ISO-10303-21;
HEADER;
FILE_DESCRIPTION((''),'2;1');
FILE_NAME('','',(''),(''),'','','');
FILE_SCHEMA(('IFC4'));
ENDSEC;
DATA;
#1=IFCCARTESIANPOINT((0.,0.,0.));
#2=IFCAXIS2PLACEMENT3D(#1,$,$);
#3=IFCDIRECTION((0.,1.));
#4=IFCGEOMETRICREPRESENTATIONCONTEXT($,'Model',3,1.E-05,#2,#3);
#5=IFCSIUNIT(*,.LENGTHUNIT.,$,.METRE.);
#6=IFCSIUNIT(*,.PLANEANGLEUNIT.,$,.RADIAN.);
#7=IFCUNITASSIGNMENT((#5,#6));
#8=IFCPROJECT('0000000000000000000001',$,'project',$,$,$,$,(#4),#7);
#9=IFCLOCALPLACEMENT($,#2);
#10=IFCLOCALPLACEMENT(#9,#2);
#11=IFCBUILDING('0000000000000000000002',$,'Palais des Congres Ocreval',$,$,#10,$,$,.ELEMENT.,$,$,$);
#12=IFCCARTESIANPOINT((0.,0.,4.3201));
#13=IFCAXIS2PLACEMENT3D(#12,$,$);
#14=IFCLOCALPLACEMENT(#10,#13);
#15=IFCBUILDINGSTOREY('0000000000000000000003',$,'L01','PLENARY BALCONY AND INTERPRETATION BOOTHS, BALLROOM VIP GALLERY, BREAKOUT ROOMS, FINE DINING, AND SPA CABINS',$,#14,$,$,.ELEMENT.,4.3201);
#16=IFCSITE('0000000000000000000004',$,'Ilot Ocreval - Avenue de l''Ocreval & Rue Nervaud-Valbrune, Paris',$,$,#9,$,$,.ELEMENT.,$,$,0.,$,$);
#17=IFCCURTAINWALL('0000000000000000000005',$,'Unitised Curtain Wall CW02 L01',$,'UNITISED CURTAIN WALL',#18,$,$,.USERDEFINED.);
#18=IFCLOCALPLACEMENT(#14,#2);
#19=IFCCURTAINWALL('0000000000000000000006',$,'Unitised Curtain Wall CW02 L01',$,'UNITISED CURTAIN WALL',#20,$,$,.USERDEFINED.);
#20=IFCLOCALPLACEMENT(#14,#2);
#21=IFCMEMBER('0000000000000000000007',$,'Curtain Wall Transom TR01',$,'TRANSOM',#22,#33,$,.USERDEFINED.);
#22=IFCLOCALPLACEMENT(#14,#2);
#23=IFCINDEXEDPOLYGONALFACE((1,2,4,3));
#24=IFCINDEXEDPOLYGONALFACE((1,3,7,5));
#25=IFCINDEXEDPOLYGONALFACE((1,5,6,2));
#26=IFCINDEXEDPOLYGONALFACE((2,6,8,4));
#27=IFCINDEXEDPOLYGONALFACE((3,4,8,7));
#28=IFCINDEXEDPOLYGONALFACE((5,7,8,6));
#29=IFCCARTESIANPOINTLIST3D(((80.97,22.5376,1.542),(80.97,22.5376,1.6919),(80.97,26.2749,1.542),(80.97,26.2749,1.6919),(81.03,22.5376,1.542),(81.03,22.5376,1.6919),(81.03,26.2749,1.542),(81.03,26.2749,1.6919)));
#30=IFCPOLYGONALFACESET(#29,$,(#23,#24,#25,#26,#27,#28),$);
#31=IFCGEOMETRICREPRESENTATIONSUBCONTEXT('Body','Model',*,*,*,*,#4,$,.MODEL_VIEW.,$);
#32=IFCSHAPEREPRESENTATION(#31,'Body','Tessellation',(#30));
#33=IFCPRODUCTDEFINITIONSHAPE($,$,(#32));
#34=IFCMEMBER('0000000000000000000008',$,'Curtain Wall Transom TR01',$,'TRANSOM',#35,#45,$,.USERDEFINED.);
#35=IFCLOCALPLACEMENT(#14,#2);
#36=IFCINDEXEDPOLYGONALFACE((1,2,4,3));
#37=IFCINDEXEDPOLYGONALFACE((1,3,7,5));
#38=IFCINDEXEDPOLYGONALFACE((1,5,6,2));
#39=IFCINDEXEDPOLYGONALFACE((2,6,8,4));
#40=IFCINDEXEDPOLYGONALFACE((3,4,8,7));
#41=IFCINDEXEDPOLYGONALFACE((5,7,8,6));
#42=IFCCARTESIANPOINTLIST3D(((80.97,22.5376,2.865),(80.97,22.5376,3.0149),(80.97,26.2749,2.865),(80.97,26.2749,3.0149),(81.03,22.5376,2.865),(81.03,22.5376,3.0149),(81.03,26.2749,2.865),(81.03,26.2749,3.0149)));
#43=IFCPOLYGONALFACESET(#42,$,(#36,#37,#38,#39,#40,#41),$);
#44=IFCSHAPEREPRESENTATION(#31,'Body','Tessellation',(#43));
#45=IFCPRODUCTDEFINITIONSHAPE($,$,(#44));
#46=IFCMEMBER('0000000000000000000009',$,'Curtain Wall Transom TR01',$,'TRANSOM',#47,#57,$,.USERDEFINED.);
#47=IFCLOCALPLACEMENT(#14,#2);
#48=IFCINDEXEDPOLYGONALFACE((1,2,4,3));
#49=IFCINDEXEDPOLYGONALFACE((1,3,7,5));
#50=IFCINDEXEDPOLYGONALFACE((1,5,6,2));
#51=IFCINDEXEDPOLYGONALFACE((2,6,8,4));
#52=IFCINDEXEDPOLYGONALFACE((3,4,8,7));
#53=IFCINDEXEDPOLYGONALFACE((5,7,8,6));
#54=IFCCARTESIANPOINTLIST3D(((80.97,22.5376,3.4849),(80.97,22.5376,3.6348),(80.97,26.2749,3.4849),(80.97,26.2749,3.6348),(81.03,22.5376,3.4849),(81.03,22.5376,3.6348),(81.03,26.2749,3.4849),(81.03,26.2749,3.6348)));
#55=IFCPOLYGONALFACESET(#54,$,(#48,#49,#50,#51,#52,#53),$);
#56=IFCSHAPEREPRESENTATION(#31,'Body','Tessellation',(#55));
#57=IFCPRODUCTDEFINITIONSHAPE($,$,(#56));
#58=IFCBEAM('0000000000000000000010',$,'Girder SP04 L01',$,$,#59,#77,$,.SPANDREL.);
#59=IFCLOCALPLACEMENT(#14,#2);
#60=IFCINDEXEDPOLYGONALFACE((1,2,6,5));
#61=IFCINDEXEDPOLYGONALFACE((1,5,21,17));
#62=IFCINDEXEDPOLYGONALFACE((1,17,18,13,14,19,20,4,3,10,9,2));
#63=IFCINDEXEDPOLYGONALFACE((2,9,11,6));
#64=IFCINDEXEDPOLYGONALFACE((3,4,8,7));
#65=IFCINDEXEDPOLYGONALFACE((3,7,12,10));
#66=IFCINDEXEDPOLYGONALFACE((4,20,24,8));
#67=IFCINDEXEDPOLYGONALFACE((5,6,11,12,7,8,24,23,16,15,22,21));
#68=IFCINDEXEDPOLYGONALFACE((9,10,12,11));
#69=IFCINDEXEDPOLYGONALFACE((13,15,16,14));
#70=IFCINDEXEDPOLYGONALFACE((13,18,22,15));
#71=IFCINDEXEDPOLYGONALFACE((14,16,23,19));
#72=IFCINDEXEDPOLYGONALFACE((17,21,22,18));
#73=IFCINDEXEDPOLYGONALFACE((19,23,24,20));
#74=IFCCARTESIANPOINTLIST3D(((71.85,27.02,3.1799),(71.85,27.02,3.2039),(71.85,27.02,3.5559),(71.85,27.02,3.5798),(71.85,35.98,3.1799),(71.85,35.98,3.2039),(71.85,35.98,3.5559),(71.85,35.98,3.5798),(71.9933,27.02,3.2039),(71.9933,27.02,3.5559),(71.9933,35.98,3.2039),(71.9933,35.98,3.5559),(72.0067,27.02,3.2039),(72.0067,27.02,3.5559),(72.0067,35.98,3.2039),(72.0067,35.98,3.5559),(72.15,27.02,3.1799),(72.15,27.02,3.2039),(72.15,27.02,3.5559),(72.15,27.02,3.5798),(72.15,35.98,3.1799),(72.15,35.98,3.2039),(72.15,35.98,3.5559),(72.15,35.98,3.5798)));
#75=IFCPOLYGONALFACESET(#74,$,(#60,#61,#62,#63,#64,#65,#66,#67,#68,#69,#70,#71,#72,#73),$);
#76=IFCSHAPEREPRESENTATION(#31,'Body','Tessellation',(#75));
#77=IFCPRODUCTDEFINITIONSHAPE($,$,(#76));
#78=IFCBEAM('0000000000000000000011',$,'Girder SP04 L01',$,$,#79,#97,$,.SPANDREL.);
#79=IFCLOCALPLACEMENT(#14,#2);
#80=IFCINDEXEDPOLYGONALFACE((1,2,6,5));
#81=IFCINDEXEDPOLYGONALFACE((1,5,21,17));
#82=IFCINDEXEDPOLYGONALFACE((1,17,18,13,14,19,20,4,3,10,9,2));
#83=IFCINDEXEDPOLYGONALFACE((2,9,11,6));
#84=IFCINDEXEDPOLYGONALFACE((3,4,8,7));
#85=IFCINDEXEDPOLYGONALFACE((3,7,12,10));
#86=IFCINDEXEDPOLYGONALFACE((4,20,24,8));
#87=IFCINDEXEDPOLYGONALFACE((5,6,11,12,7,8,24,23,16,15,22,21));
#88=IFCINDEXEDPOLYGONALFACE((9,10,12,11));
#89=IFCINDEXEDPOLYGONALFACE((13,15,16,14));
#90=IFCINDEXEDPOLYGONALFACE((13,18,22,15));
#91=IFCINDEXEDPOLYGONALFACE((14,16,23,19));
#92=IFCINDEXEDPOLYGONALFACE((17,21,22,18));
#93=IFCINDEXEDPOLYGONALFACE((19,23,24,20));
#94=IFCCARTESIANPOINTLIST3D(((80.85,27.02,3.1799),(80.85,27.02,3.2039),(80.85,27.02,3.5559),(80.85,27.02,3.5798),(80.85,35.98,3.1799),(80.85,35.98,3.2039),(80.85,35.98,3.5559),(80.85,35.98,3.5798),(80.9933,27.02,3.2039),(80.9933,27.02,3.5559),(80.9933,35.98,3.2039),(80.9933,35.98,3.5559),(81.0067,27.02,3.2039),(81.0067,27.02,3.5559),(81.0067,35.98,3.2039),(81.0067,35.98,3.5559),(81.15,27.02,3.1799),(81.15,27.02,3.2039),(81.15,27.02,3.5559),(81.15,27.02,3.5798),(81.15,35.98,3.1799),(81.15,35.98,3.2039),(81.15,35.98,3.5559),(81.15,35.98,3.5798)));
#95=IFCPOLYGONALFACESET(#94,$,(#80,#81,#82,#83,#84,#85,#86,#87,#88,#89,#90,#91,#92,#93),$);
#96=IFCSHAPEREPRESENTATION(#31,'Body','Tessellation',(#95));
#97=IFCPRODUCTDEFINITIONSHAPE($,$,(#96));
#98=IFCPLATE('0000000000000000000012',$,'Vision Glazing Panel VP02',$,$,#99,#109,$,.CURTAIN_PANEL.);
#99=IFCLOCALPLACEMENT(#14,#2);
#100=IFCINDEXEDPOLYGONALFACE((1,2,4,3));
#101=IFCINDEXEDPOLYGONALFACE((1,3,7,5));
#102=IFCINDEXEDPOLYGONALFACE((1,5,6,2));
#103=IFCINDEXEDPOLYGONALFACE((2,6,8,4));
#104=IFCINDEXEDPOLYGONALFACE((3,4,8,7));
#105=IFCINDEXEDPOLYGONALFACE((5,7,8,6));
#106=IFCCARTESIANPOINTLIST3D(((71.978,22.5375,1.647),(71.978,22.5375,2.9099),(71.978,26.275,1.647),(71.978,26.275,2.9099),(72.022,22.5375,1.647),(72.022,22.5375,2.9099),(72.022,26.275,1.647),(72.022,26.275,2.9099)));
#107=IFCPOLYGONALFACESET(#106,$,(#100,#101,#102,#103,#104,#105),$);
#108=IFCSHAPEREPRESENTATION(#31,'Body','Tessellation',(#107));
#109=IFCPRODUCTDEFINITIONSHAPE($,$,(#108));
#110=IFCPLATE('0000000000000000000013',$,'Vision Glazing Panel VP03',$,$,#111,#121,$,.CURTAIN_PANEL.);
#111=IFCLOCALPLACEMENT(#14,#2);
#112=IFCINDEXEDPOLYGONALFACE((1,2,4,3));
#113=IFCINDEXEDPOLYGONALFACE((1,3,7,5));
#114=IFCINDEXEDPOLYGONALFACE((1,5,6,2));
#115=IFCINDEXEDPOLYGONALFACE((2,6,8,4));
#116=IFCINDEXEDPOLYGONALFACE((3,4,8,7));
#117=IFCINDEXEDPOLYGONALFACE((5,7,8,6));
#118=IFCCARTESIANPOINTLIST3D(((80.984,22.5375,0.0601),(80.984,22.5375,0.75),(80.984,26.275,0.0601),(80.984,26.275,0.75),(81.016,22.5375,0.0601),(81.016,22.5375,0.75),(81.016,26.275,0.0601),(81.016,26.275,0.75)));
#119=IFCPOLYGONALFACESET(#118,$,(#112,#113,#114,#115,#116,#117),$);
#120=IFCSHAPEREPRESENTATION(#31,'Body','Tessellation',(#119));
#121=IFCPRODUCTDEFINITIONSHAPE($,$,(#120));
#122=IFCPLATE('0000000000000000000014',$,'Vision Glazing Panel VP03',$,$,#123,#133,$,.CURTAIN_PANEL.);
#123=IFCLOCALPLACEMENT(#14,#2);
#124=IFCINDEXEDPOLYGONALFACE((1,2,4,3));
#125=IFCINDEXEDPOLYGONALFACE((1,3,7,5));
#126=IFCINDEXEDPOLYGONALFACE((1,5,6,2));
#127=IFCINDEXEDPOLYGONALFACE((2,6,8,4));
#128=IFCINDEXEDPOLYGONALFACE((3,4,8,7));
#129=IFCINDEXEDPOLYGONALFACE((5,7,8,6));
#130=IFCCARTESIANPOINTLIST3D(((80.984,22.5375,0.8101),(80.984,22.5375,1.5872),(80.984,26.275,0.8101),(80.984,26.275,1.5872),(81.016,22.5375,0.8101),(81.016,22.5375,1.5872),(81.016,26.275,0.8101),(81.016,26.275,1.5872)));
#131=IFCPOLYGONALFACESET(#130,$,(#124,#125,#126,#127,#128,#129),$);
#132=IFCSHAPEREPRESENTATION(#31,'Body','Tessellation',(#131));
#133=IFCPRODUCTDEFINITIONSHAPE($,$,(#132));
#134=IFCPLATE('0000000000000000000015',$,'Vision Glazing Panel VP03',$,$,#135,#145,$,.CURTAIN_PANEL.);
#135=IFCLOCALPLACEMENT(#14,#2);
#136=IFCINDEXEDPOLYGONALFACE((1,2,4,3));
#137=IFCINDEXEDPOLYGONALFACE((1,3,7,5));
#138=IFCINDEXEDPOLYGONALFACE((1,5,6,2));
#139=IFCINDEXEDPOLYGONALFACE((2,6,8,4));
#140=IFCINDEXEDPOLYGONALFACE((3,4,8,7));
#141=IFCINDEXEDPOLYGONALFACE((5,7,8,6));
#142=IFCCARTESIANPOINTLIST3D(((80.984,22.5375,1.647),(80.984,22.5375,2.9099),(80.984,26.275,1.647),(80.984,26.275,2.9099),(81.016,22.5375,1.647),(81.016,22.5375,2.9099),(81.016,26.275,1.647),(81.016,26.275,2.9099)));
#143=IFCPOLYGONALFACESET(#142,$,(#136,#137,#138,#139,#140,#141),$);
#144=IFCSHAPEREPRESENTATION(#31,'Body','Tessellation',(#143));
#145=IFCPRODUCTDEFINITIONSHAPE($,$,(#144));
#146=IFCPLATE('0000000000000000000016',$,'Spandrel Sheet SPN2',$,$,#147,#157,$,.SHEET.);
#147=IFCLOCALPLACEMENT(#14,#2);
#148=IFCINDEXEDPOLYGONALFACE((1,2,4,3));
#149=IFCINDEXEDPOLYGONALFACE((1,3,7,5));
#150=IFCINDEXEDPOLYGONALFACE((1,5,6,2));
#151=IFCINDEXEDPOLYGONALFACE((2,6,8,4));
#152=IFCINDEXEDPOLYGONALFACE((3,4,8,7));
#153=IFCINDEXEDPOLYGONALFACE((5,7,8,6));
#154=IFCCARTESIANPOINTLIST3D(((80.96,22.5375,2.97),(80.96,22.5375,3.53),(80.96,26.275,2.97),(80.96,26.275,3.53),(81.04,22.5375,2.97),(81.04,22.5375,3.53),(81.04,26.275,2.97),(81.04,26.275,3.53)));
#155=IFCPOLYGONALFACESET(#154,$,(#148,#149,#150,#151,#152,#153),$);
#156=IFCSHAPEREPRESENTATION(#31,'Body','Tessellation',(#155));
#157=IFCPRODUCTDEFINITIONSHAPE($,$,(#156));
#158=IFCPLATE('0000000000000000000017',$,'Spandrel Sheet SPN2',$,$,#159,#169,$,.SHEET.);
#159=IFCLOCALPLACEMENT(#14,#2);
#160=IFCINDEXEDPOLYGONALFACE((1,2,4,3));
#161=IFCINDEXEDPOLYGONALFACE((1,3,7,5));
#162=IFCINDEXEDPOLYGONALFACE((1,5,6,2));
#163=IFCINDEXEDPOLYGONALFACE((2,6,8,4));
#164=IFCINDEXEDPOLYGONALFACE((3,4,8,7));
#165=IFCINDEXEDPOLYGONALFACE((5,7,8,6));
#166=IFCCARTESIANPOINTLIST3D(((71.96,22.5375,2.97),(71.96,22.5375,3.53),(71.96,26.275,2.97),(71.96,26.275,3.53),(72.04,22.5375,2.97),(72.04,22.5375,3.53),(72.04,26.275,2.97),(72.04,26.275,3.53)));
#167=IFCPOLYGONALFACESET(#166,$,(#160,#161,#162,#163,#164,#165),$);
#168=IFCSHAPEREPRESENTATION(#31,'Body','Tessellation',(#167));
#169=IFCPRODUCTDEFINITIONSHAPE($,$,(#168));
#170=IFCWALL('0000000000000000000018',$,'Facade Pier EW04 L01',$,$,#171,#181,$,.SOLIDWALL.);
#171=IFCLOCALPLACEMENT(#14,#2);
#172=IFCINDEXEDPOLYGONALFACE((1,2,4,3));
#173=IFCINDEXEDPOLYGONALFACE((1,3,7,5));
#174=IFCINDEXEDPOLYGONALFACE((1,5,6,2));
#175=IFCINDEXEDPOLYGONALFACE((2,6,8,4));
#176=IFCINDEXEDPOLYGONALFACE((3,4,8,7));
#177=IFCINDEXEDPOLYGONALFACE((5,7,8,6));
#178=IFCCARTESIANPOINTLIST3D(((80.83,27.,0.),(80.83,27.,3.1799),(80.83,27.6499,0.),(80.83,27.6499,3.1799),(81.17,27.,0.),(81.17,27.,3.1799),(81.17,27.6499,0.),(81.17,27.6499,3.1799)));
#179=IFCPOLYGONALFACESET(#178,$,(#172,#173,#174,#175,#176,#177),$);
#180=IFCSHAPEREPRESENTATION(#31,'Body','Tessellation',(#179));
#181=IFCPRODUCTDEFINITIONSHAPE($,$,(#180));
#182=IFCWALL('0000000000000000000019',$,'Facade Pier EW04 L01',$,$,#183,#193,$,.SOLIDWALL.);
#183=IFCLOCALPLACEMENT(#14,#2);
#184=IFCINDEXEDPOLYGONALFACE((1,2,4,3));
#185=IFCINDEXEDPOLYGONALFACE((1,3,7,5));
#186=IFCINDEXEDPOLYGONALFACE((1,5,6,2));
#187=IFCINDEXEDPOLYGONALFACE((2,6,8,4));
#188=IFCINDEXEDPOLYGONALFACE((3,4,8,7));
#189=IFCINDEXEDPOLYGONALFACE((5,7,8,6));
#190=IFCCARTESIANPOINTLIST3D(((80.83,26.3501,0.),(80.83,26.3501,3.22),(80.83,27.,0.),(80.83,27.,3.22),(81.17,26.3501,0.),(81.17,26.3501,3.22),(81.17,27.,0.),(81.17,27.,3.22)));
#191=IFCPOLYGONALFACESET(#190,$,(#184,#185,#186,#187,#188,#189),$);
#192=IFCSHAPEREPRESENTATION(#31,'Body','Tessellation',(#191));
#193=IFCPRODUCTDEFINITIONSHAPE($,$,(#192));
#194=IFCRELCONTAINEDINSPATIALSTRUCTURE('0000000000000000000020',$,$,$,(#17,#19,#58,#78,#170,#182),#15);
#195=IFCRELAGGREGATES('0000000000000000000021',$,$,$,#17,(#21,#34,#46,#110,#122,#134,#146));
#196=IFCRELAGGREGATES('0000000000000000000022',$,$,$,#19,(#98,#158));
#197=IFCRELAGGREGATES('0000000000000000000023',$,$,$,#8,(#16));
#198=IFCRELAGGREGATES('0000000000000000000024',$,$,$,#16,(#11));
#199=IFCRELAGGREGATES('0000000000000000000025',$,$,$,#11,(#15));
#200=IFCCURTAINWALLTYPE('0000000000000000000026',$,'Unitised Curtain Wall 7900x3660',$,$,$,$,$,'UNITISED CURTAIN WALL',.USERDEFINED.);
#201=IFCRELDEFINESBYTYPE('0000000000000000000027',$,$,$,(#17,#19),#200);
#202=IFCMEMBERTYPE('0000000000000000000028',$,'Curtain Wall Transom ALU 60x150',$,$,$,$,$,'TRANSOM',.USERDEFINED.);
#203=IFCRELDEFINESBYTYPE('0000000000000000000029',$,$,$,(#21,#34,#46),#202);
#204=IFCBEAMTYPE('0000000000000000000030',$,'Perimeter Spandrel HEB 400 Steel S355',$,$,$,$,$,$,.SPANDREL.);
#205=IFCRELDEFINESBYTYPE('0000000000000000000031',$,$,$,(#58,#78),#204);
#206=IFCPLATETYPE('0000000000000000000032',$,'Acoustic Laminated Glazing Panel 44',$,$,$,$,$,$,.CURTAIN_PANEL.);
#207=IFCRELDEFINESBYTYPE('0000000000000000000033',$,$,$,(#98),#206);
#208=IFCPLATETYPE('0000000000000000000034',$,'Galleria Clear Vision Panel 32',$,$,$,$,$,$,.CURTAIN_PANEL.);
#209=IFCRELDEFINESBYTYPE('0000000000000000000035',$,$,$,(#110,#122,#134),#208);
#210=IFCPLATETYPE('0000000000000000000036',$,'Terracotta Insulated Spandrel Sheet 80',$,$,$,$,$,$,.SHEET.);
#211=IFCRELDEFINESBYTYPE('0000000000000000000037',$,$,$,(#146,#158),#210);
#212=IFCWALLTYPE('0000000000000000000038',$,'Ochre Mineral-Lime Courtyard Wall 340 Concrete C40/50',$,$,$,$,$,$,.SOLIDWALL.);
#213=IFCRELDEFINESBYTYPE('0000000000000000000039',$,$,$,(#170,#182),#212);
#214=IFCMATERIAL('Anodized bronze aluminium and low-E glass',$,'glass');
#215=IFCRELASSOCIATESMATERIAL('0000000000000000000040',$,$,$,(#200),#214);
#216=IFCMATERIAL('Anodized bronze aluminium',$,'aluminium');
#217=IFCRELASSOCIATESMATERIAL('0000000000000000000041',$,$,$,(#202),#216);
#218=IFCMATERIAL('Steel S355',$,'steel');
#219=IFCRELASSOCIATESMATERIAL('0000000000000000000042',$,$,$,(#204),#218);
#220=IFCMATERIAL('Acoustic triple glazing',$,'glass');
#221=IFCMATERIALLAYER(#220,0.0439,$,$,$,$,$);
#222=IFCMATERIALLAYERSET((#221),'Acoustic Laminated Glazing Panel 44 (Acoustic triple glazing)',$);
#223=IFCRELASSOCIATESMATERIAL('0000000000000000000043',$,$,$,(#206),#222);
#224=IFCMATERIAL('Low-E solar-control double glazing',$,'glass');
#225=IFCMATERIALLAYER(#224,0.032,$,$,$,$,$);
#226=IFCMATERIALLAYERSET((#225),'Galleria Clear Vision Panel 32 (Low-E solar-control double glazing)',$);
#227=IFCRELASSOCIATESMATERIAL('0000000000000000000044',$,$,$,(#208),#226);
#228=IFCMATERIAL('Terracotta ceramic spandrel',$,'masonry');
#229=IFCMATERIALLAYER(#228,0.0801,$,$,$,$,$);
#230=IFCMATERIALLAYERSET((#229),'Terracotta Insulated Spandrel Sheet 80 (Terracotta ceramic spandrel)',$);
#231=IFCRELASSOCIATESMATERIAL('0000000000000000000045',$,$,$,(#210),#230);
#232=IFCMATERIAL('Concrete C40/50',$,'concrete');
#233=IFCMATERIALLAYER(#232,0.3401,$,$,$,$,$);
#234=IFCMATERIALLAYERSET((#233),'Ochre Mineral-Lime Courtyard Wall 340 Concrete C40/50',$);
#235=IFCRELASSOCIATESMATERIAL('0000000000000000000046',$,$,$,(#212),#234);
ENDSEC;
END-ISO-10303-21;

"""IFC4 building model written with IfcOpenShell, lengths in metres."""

from ifc_helpers import new_model, si_unit, direction, frame, frame_2d, origin, origin_2d, place, context, subcontext, project, spatial, rectangle, i_section, extrude, material, layer, layer_set, material_profile, profile_set, type_object, element, aggregate, save


model = new_model("IFC4")

# Units and contexts
model_context = context("Model", 3, precision=1e-05, world=origin(), true_north=direction((0.0, 1.0)))
body_context = subcontext(model_context, "Body", "Model", "MODEL_VIEW")
ifc_project = project(units=[si_unit("LENGTHUNIT", "METRE"), si_unit("PLANEANGLEUNIT", "RADIAN")], contexts=[model_context])

# Site, building, storey
site_placement = place(None, origin())
site = spatial("IfcSite", under=ifc_project, at=site_placement, Name="Ilot Ocreval - Avenue de l'Ocreval & Rue Nervaud-Valbrune, Paris", CompositionType="ELEMENT", RefElevation=0.0)
building_placement = place(site_placement, origin())
building = spatial("IfcBuilding", under=site, at=building_placement, Name="Palais des Congres Ocreval", CompositionType="ELEMENT")
storey_placement = place(building_placement, frame((0.0, 0.0, 4.3201)))
storey = spatial("IfcBuildingStorey", under=building, at=storey_placement, Name="L01", Description="PLENARY BALCONY AND INTERPRETATION BOOTHS, BALLROOM VIP GALLERY, BREAKOUT ROOMS, FINE DINING, AND SPA CABINS", CompositionType="ELEMENT", Elevation=4.3201)

# Shared definitions
ifc_material_1 = material(Name="Steel S355", Category="steel")

# Curtain walls
ifc_material_2 = material(Name="Anodized bronze aluminium and low-E glass", Category="glass")
curtain_wall_type = type_object("IfcCurtainWallType", Name="Unitised Curtain Wall 7900x3660", ElementType="UNITISED CURTAIN WALL", PredefinedType="USERDEFINED", material=ifc_material_2)
curtain_wall_1_placement = place(storey_placement, origin())
curtain_wall_1 = element("IfcCurtainWall", 1, at=curtain_wall_1_placement, inside=storey, type_object=curtain_wall_type, Name="Unitised Curtain Wall CW02 L01", ObjectType="UNITISED CURTAIN WALL", PredefinedType="USERDEFINED")
ifc_material_3 = material(Name="Anodized bronze aluminium", Category="aluminium")
curtain_wall_2_placement = place(storey_placement, origin())
curtain_wall_2 = element("IfcCurtainWall", 2, at=curtain_wall_2_placement, inside=storey, type_object=curtain_wall_type, Name="Unitised Curtain Wall CW02 L01", ObjectType="UNITISED CURTAIN WALL", PredefinedType="USERDEFINED")

# Members
ifc_material_profile_1 = material_profile(ifc_material_3, rectangle(XDim=0.0601, YDim=0.1499, at=origin_2d()), Name="ALU 60x150")
ifc_profile_set_1 = profile_set([ifc_material_profile_1], Name="Anodized bronze aluminium")
member_type_1 = type_object("IfcMemberType", Name="Curtain Wall Transom ALU 60x150", ElementType="TRANSOM", PredefinedType="USERDEFINED", material=ifc_profile_set_1)
member_1_placement = place(storey_placement, frame((81.0, 26.2749, 1.6169), z_axis=(0.0, -1.0, 0.0), x_axis=(1.0, 0.0, 0.0)))
member_1 = element("IfcMember", 3, at=member_1_placement, type_object=member_type_1, Name="Curtain Wall Transom TR01", ObjectType="TRANSOM", PredefinedType="USERDEFINED", context=body_context, shape_type="SweptSolid", body=[
    extrude(rectangle(XDim=0.0601, YDim=0.1499, at=origin_2d()), origin(), (0.0, 0.0, 1.0), 3.7373),
])
member_2_placement = place(storey_placement, frame((81.0, 26.2749, 2.9399), z_axis=(0.0, -1.0, 0.0), x_axis=(1.0, 0.0, 0.0)))
member_2 = element("IfcMember", 4, at=member_2_placement, type_object=member_type_1, Name="Curtain Wall Transom TR01", ObjectType="TRANSOM", PredefinedType="USERDEFINED", context=body_context, shape_type="SweptSolid", body=[
    extrude(rectangle(XDim=0.0601, YDim=0.1499, at=origin_2d()), origin(), (0.0, 0.0, 1.0), 3.7373),
])
member_3_placement = place(storey_placement, frame((81.0, 26.2749, 3.5598), z_axis=(0.0, -1.0, 0.0), x_axis=(1.0, 0.0, 0.0)))
member_3 = element("IfcMember", 5, at=member_3_placement, type_object=member_type_1, Name="Curtain Wall Transom TR01", ObjectType="TRANSOM", PredefinedType="USERDEFINED", context=body_context, shape_type="SweptSolid", body=[
    extrude(rectangle(XDim=0.0601, YDim=0.1499, at=origin_2d()), origin(), (0.0, 0.0, 1.0), 3.7373),
])

# Beams
ifc_material_profile_2 = material_profile(ifc_material_1, i_section(OverallWidth=0.3, OverallDepth=0.3999, WebThickness=0.0134, FlangeThickness=0.0239, at=origin_2d()), Name="HEB 400")
ifc_profile_set_2 = profile_set([ifc_material_profile_2], Name="Steel S355")
beam_type_1 = type_object("IfcBeamType", Name="Perimeter Spandrel HEB 400 Steel S355", PredefinedType="SPANDREL", material=ifc_profile_set_2)
for number, where, z_axis, x_axis, name in (
    (6, (72.0, 27.02, 3.3799), (0.0, 1.0, 0.0), (-1.0, 0.0, 0.0), "Girder SP04 L01"),
    (7, (81.0, 27.02, 3.3799), (0.0, 1.0, 0.0), (-1.0, 0.0, 0.0), "Girder SP04 L01"),
):
    element("IfcBeam", number, at=place(storey_placement, frame(where, z_axis=z_axis, x_axis=x_axis)), inside=storey, type_object=beam_type_1, Name=name, PredefinedType="SPANDREL", context=body_context, shape_type="SweptSolid", body=[
        extrude(i_section(OverallWidth=0.3, OverallDepth=0.3999, WebThickness=0.0134, FlangeThickness=0.0239, at=origin_2d()), origin(), (0.0, 0.0, 1.0), 8.96),
    ])

# Plates
ifc_material_4 = material(Name="Acoustic triple glazing", Category="glass")
ifc_layer_1 = layer(ifc_material_4, 0.0439)
ifc_layer_set_1 = layer_set([ifc_layer_1], Name="Acoustic Laminated Glazing Panel 44 (Acoustic triple glazing)")
plate_type_1 = type_object("IfcPlateType", Name="Acoustic Laminated Glazing Panel 44", PredefinedType="CURTAIN_PANEL", material=ifc_layer_set_1)
plate_1_placement = place(storey_placement, frame((72.0, 24.4062, 1.647), z_axis=(0.0, 0.0, 1.0), x_axis=(0.0, 1.0, 0.0)))
plate_1 = element("IfcPlate", 8, at=plate_1_placement, type_object=plate_type_1, Name="Vision Glazing Panel VP02", PredefinedType="CURTAIN_PANEL", context=body_context, shape_type="SweptSolid", body=[
    extrude(rectangle(XDim=3.7375, YDim=0.0439, at=origin_2d()), origin(), (0.0, 0.0, 1.0), 1.2629),
])
ifc_material_5 = material(Name="Low-E solar-control double glazing", Category="glass")
ifc_layer_2 = layer(ifc_material_5, 0.032)
ifc_layer_set_2 = layer_set([ifc_layer_2], Name="Galleria Clear Vision Panel 32 (Low-E solar-control double glazing)")
plate_type_2 = type_object("IfcPlateType", Name="Galleria Clear Vision Panel 32", PredefinedType="CURTAIN_PANEL", material=ifc_layer_set_2)
plate_2_placement = place(storey_placement, frame((81.0, 24.4062, 0.0601), z_axis=(0.0, 0.0, 1.0), x_axis=(0.0, -1.0, 0.0)))
plate_2 = element("IfcPlate", 9, at=plate_2_placement, type_object=plate_type_2, Name="Vision Glazing Panel VP03", PredefinedType="CURTAIN_PANEL", context=body_context, shape_type="SweptSolid", body=[
    extrude(rectangle(XDim=3.7375, YDim=0.032, at=origin_2d()), origin(), (0.0, 0.0, 1.0), 0.6899),
])
plate_3_placement = place(storey_placement, frame((81.0, 24.4062, 0.8101), z_axis=(0.0, 0.0, 1.0), x_axis=(0.0, -1.0, 0.0)))
plate_3 = element("IfcPlate", 10, at=plate_3_placement, type_object=plate_type_2, Name="Vision Glazing Panel VP03", PredefinedType="CURTAIN_PANEL", context=body_context, shape_type="SweptSolid", body=[
    extrude(rectangle(XDim=3.7375, YDim=0.032, at=origin_2d()), origin(), (0.0, 0.0, 1.0), 0.7771),
])
plate_4_placement = place(storey_placement, frame((81.0, 24.4062, 1.647), z_axis=(0.0, 0.0, 1.0), x_axis=(0.0, -1.0, 0.0)))
plate_4 = element("IfcPlate", 11, at=plate_4_placement, type_object=plate_type_2, Name="Vision Glazing Panel VP03", PredefinedType="CURTAIN_PANEL", context=body_context, shape_type="SweptSolid", body=[
    extrude(rectangle(XDim=3.7375, YDim=0.032, at=origin_2d()), origin(), (0.0, 0.0, 1.0), 1.2629),
])
ifc_material_6 = material(Name="Terracotta ceramic spandrel", Category="masonry")
ifc_layer_3 = layer(ifc_material_6, 0.0801)
ifc_layer_set_3 = layer_set([ifc_layer_3], Name="Terracotta Insulated Spandrel Sheet 80 (Terracotta ceramic spandrel)")
plate_type_3 = type_object("IfcPlateType", Name="Terracotta Insulated Spandrel Sheet 80", PredefinedType="SHEET", material=ifc_layer_set_3)
plate_5_placement = place(storey_placement, frame((81.0, 24.4062, 2.97), z_axis=(0.0, 0.0, 1.0), x_axis=(0.0, -1.0, 0.0)))
plate_5 = element("IfcPlate", 12, at=plate_5_placement, type_object=plate_type_3, Name="Spandrel Sheet SPN2", PredefinedType="SHEET", context=body_context, shape_type="SweptSolid", body=[
    extrude(rectangle(XDim=3.7375, YDim=0.0801, at=origin_2d()), origin(), (0.0, 0.0, 1.0), 0.5601),
])
aggregate(curtain_wall_1, [member_1, member_2, member_3, plate_2, plate_3, plate_4, plate_5])
plate_6_placement = place(storey_placement, frame((72.0, 24.4062, 2.97), z_axis=(0.0, 0.0, 1.0), x_axis=(0.0, 1.0, 0.0)))
plate_6 = element("IfcPlate", 13, at=plate_6_placement, type_object=plate_type_3, Name="Spandrel Sheet SPN2", PredefinedType="SHEET", context=body_context, shape_type="SweptSolid", body=[
    extrude(rectangle(XDim=3.7375, YDim=0.0801, at=origin_2d()), origin(), (0.0, 0.0, 1.0), 0.5601),
])
aggregate(curtain_wall_2, [plate_1, plate_6])

# Walls
ifc_material_7 = material(Name="Concrete C40/50", Category="concrete")
ifc_layer_4 = layer(ifc_material_7, 0.3401)
ifc_layer_set_4 = layer_set([ifc_layer_4], Name="Ochre Mineral-Lime Courtyard Wall 340 Concrete C40/50")
wall_type = type_object("IfcWallType", Name="Ochre Mineral-Lime Courtyard Wall 340 Concrete C40/50", PredefinedType="SOLIDWALL", material=ifc_layer_set_4)
wall_1_placement = place(storey_placement, frame((81.0, 27.6499, 0.0), z_axis=(0.0, 0.0, 1.0), x_axis=(0.0, -1.0, 0.0)))
element("IfcWall", 14, at=wall_1_placement, inside=storey, type_object=wall_type, Name="Facade Pier EW04 L01", PredefinedType="SOLIDWALL", context=body_context, shape_type="SweptSolid", body=[
    extrude(rectangle(XDim=0.6499, YDim=0.3401, at=frame_2d((0.325, 0.0))), origin(), (0.0, 0.0, 1.0), 3.1799),
])
for number, where, z_axis, x_axis, name in (
    (15, (81.0, 27.0, 0.0), (0.0, 0.0, 1.0), (0.0, -1.0, 0.0), "Facade Pier EW04 L01"),
):
    element("IfcWall", number, at=place(storey_placement, frame(where, z_axis=z_axis, x_axis=x_axis)), inside=storey, type_object=wall_type, Name=name, PredefinedType="SOLIDWALL", context=body_context, shape_type="SweptSolid", body=[
        extrude(rectangle(XDim=0.6499, YDim=0.3401, at=frame_2d((0.325, 0.0))), origin(), (0.0, 0.0, 1.0), 3.22),
    ])

save(model, "model.ifc")
